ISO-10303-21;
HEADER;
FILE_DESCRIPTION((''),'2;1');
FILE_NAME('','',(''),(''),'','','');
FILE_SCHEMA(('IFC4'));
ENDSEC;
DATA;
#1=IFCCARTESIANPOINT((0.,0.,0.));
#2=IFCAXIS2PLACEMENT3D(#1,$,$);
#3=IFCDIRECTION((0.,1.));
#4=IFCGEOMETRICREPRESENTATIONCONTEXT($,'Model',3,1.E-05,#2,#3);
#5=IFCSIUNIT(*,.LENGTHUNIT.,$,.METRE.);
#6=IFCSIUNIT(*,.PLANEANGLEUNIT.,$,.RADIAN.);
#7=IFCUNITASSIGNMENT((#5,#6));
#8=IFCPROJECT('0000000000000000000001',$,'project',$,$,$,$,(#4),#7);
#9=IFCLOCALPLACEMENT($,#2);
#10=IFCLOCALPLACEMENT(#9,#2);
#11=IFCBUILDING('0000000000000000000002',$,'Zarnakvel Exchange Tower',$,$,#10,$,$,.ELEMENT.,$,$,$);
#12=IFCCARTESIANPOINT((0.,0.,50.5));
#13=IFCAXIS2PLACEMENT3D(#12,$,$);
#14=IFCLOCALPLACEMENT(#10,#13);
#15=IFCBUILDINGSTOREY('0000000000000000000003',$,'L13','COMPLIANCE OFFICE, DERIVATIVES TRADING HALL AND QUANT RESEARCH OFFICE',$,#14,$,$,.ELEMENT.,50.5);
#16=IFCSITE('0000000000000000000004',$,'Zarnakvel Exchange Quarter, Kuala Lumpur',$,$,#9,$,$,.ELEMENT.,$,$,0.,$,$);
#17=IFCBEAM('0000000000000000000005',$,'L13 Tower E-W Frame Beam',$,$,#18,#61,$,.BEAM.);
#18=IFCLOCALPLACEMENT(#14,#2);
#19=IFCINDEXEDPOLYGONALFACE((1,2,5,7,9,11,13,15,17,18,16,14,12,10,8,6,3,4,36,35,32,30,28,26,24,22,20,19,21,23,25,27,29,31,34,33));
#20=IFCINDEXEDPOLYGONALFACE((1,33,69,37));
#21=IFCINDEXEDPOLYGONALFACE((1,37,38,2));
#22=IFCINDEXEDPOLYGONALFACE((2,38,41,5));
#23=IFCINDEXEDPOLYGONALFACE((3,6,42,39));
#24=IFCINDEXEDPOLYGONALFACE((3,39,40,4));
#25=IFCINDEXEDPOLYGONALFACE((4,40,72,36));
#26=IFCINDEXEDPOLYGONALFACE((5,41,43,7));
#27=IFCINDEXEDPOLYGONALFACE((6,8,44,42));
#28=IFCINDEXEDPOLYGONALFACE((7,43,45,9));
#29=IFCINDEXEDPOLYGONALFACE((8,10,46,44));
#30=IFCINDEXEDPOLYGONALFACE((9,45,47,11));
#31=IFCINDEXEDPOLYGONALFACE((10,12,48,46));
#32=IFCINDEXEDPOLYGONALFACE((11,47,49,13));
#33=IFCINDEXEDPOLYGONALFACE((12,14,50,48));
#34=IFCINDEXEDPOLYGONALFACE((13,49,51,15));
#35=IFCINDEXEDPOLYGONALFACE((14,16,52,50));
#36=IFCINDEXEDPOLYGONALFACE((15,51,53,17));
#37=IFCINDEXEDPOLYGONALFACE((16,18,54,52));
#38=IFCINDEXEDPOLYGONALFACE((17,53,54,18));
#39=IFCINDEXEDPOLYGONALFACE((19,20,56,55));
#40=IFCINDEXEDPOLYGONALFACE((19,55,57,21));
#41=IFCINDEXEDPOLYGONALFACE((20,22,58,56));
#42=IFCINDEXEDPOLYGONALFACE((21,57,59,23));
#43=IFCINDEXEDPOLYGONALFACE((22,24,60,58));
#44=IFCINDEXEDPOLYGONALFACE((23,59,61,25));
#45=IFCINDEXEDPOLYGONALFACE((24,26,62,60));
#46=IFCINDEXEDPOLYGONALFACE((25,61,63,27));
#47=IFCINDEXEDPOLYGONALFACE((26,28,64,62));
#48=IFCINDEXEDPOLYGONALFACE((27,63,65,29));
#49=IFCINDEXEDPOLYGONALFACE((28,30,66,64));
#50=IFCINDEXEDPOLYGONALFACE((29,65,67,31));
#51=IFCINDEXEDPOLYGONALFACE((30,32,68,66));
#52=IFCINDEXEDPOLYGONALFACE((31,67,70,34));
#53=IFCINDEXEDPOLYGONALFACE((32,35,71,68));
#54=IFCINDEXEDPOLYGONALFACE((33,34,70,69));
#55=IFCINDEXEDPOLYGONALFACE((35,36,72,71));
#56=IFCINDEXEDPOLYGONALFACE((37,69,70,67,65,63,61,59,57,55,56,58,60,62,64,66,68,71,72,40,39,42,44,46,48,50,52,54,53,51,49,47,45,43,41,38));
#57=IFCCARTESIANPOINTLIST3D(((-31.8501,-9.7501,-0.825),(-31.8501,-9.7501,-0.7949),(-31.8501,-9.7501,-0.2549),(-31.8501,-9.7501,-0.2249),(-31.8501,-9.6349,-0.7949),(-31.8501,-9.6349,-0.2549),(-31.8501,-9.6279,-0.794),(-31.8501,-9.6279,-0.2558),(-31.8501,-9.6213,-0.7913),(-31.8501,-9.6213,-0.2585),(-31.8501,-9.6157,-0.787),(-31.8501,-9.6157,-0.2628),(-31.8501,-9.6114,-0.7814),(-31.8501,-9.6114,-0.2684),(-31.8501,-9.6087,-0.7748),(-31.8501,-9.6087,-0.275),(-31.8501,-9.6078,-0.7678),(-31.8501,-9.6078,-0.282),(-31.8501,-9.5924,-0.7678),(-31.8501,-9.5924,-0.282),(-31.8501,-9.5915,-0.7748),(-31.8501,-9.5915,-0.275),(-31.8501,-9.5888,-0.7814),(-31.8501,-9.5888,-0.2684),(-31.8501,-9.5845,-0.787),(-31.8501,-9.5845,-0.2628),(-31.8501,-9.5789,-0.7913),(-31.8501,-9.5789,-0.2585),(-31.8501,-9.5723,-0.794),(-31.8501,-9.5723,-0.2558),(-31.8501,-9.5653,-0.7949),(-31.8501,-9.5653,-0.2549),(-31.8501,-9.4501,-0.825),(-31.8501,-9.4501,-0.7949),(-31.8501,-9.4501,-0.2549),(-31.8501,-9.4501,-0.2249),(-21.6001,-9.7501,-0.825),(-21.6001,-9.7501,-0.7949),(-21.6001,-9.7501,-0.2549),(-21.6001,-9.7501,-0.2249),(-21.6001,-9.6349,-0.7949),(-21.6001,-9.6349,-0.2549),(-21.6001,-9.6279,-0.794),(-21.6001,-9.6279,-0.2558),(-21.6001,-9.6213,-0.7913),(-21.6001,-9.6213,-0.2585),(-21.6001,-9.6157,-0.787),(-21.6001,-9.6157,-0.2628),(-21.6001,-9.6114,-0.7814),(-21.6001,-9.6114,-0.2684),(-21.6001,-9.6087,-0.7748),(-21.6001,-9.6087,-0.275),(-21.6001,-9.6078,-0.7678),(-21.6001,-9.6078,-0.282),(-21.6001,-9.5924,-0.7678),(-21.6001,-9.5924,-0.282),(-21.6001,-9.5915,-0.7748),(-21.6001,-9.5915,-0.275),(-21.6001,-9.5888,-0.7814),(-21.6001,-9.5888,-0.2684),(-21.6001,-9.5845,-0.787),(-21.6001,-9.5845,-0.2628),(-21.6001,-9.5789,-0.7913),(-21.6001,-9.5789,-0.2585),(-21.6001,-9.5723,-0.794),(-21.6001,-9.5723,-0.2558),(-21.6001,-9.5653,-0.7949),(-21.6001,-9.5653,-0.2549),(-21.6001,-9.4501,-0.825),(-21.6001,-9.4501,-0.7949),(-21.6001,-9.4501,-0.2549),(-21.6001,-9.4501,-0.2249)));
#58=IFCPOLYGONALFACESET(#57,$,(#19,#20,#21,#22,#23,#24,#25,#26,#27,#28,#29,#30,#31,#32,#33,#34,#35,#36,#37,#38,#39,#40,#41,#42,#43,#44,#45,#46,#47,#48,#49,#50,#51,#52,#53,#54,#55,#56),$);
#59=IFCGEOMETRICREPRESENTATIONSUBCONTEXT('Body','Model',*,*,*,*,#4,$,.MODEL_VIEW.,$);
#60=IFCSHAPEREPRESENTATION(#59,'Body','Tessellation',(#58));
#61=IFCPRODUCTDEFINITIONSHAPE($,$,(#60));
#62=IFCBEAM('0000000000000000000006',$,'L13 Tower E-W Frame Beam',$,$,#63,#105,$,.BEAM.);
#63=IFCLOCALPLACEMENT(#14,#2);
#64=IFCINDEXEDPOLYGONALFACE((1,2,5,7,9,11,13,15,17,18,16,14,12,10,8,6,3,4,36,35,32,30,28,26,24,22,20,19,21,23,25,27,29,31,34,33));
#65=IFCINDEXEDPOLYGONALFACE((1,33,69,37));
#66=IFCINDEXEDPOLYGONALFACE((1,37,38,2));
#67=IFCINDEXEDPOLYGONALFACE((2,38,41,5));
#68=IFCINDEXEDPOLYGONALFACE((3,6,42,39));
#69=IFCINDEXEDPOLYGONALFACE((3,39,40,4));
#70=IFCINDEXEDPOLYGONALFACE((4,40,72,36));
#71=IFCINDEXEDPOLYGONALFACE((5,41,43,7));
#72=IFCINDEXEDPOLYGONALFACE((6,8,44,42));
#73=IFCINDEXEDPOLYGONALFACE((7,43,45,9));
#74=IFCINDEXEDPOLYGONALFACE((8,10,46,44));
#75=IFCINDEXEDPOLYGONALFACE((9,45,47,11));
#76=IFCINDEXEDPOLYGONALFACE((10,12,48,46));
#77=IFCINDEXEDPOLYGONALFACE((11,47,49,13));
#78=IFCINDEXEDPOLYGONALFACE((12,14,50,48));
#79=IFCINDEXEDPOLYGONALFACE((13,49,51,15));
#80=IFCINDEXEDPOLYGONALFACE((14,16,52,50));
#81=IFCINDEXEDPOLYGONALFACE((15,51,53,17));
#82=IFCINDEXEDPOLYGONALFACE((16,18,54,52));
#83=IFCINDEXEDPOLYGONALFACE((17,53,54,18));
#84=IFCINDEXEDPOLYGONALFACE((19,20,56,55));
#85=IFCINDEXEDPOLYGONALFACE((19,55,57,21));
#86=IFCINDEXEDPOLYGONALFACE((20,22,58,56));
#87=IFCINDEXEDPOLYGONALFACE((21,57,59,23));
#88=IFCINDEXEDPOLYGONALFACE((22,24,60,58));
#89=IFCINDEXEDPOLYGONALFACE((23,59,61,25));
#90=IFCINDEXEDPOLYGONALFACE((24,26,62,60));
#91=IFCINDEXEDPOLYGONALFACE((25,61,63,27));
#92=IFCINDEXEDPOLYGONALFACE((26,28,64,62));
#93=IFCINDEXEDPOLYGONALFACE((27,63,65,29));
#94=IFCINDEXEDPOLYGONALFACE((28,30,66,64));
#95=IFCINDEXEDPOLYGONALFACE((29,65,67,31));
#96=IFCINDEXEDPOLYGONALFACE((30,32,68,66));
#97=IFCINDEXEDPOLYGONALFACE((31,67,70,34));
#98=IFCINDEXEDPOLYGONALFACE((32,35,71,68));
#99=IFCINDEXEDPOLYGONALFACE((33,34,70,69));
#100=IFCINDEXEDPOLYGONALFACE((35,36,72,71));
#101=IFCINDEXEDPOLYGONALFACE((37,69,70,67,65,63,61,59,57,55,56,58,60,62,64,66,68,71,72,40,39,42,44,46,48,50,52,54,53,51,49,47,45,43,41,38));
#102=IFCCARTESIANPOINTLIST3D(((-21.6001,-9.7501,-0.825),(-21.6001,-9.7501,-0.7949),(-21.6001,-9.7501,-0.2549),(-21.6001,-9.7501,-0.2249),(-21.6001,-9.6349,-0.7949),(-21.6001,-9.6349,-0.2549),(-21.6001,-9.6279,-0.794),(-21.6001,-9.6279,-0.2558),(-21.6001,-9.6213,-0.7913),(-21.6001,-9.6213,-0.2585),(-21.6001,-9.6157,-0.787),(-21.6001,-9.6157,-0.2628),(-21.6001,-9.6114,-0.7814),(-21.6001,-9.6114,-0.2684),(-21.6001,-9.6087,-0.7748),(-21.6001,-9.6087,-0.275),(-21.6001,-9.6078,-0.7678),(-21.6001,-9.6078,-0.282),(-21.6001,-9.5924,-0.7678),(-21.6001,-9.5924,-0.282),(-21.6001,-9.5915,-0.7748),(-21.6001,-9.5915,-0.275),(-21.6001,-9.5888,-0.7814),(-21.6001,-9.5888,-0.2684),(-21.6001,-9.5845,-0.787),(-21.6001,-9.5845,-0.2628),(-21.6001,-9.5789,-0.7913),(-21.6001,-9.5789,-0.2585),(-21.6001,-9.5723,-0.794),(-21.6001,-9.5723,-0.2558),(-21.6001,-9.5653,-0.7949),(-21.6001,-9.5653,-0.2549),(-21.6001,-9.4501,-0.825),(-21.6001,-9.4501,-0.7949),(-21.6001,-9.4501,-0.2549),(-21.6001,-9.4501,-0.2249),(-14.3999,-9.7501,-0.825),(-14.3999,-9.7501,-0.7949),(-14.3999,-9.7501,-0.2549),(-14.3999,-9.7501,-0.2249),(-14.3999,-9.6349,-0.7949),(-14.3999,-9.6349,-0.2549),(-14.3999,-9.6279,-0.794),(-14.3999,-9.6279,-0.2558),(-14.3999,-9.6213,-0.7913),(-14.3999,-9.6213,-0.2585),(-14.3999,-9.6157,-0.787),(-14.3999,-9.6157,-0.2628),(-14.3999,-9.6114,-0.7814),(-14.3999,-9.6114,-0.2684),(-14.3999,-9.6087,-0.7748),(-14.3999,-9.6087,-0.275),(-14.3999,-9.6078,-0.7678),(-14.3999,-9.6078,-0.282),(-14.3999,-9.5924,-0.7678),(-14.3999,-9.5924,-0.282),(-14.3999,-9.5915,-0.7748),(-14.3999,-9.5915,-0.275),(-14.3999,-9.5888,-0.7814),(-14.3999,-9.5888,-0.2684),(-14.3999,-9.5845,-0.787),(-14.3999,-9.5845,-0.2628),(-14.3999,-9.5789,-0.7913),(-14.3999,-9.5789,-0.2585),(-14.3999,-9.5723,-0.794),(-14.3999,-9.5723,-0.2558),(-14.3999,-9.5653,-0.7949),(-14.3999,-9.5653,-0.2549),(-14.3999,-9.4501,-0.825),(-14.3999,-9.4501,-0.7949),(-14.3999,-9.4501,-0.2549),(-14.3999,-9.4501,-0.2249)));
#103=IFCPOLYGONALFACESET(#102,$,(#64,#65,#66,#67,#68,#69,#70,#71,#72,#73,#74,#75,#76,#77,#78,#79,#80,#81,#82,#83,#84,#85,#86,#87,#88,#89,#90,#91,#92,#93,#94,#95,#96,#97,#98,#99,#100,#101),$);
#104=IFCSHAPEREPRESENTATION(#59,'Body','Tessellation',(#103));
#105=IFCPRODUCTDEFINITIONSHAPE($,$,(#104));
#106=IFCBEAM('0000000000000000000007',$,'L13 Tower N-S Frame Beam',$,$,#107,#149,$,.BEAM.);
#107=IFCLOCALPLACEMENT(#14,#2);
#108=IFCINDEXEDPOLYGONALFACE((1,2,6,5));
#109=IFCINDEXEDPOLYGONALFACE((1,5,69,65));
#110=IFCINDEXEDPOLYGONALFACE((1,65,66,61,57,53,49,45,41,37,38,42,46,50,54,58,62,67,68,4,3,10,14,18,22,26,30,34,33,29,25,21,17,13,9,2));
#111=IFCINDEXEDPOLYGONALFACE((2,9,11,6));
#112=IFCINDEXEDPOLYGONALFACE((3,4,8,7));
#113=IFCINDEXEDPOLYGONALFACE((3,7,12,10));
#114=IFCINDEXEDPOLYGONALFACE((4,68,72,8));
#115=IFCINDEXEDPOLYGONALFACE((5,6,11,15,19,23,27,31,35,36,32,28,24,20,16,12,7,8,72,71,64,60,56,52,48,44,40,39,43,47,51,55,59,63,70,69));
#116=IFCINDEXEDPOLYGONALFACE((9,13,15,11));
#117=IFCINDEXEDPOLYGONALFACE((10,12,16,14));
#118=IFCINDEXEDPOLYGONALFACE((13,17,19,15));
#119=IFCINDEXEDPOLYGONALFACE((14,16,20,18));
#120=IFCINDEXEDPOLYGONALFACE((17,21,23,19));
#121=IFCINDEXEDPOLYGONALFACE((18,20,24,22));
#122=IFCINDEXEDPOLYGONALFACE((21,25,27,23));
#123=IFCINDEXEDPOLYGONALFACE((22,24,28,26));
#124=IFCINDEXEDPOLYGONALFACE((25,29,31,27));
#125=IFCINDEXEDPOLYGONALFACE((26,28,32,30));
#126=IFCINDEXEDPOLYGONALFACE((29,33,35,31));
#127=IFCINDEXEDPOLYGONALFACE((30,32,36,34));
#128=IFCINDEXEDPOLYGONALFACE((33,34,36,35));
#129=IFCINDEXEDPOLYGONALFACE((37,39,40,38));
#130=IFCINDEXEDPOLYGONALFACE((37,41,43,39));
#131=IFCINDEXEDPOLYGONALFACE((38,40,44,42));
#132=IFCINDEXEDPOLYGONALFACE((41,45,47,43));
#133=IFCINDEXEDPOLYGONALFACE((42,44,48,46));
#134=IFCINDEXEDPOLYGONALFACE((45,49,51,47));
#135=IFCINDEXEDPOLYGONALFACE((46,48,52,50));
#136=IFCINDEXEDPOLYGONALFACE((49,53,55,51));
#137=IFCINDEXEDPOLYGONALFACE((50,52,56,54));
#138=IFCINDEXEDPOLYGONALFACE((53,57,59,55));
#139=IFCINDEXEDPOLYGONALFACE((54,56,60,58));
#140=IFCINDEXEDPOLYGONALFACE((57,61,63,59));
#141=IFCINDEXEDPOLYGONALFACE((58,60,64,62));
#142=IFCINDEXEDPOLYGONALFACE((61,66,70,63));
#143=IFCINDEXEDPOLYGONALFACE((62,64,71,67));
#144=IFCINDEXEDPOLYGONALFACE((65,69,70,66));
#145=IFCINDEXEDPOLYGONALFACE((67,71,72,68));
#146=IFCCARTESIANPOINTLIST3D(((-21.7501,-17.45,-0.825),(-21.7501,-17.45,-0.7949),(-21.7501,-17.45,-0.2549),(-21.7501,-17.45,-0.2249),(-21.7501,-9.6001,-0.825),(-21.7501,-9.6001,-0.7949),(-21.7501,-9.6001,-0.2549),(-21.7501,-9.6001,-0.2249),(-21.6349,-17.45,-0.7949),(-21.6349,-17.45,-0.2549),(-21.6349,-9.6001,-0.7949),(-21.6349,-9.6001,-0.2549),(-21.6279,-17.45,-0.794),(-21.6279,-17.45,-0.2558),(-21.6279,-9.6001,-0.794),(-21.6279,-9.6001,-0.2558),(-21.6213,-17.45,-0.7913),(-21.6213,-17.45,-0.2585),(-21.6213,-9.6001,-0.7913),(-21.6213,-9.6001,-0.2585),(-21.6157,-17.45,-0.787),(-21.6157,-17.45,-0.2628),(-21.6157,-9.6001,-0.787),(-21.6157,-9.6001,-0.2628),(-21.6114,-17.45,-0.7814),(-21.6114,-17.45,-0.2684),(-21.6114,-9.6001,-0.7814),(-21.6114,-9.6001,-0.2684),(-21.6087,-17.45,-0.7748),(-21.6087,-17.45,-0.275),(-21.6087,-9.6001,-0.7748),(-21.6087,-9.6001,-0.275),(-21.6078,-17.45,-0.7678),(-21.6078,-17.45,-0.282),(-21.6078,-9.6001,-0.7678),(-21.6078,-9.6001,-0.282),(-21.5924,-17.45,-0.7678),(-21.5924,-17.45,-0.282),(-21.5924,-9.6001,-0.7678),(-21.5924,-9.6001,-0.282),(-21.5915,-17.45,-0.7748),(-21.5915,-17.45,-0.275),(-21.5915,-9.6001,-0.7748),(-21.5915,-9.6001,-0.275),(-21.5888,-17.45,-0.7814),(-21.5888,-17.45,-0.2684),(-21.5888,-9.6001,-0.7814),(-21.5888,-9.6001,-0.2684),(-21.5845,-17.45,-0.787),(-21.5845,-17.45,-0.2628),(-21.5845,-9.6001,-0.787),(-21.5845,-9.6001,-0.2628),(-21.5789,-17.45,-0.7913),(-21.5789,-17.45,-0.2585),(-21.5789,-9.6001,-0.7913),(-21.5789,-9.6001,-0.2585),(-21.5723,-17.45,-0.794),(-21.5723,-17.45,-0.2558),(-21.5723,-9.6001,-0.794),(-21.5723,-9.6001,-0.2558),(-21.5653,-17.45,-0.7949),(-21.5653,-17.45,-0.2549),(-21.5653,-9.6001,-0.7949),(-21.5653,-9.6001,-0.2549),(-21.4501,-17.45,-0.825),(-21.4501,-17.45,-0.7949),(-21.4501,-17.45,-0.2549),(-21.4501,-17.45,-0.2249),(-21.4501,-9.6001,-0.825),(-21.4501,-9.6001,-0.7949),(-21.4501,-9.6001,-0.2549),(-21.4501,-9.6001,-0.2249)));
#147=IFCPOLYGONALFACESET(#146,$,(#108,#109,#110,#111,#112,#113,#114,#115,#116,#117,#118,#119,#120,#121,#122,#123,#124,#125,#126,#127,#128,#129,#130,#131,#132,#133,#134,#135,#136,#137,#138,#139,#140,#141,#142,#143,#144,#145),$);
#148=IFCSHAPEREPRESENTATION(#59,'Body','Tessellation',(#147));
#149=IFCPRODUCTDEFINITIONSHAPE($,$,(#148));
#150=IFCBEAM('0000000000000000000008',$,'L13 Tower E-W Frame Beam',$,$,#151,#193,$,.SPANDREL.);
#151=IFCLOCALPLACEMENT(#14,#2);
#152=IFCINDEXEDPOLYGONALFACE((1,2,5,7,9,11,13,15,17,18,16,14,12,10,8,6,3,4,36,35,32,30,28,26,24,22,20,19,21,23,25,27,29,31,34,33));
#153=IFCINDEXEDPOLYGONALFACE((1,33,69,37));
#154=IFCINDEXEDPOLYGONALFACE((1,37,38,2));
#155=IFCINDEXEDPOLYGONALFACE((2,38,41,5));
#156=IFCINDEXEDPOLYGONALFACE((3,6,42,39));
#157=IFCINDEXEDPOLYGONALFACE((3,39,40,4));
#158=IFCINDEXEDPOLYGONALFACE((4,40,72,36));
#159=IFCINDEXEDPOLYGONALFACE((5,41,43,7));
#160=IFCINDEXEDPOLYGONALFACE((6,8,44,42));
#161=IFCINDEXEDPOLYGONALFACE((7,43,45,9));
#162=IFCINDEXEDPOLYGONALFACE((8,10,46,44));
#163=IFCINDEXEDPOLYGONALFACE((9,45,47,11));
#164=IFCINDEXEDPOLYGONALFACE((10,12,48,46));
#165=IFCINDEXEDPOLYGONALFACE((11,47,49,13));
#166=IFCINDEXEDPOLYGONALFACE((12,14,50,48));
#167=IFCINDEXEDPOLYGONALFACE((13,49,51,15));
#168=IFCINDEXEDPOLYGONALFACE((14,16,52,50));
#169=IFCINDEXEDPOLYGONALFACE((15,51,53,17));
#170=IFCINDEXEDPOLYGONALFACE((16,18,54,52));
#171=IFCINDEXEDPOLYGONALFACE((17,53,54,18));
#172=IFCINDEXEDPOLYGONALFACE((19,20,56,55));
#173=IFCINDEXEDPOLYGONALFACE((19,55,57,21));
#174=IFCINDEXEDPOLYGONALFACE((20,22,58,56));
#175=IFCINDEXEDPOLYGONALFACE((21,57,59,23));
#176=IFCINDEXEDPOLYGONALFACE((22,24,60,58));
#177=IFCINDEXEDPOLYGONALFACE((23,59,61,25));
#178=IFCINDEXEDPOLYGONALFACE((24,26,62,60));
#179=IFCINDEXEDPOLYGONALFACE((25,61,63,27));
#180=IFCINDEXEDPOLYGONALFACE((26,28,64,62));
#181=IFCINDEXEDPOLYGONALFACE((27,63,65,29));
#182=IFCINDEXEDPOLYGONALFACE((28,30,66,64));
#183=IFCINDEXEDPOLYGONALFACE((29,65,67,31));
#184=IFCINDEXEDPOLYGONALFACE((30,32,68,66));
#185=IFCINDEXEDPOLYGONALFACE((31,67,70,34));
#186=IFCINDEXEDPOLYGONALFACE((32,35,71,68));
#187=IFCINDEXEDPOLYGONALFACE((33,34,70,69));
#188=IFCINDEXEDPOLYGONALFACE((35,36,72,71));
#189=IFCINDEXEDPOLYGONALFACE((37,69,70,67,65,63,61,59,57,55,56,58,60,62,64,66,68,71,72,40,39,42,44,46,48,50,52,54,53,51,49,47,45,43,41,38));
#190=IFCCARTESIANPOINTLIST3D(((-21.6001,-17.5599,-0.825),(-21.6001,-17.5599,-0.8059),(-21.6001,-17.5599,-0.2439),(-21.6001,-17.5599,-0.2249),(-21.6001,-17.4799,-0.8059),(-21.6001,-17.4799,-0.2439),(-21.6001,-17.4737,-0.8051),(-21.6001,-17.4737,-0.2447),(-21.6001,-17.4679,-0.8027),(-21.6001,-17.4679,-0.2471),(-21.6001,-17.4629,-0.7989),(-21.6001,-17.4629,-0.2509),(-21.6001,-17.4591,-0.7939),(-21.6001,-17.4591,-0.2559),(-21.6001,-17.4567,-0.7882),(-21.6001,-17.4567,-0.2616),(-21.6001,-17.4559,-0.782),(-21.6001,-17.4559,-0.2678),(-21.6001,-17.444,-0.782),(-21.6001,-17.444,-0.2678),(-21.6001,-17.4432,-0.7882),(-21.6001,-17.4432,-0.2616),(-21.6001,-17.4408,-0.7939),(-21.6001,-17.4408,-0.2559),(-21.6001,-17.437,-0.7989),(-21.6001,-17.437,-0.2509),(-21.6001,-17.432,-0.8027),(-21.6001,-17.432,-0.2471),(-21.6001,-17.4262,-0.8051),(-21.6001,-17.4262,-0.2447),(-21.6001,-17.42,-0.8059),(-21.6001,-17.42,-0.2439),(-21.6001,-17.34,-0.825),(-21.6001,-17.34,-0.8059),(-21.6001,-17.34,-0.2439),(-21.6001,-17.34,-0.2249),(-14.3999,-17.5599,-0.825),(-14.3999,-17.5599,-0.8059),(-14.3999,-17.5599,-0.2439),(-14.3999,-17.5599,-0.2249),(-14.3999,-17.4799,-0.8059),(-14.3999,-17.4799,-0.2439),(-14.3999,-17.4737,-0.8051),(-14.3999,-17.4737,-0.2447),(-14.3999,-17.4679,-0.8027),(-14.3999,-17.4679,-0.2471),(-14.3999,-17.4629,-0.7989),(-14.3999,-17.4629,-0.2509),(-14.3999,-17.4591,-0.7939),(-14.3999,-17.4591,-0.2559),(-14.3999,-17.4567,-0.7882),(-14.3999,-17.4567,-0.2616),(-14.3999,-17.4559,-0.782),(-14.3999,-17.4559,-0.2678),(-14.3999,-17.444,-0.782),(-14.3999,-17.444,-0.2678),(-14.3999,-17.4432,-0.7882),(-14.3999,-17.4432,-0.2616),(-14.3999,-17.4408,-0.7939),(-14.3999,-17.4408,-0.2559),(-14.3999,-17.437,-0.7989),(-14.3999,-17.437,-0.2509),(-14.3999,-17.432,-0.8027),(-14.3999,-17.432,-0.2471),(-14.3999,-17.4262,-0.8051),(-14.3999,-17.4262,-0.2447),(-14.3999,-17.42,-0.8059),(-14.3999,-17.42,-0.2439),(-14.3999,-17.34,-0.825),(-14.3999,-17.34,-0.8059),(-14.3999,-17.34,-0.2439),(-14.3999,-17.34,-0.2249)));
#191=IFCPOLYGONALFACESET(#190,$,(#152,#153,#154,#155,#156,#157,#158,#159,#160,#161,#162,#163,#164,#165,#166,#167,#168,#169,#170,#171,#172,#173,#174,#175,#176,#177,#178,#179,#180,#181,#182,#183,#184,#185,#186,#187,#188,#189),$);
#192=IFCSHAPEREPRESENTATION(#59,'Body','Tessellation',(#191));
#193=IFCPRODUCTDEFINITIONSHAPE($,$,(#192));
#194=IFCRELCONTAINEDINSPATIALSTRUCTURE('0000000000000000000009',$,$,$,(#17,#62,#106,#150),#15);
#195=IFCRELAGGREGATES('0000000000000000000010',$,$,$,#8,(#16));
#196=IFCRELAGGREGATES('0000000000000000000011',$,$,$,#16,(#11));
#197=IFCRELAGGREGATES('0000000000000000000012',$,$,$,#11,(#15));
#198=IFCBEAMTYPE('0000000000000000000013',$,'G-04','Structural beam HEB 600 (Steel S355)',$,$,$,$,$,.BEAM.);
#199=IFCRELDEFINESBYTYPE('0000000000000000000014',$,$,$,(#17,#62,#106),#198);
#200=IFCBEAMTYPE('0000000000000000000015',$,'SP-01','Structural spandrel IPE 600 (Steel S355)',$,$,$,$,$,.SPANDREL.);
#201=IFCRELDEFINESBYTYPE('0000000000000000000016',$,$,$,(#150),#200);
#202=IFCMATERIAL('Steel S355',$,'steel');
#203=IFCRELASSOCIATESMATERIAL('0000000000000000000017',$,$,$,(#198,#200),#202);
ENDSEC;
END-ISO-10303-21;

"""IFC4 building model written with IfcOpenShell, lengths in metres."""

from ifc_helpers import new_model, si_unit, direction, frame, origin, origin_2d, place, context, subcontext, project, spatial, i_section, extrude, material, material_profile, profile_set, type_object, element, save


model = new_model("IFC4")

# Units and contexts
model_context = context("Model", 3, precision=1e-05, world=origin(), true_north=direction((0.0, 1.0)))
body_context = subcontext(model_context, "Body", "Model", "MODEL_VIEW")
ifc_project = project(units=[si_unit("LENGTHUNIT", "METRE"), si_unit("PLANEANGLEUNIT", "RADIAN")], contexts=[model_context])

# Site, building, storey
site_placement = place(None, origin())
site = spatial("IfcSite", under=ifc_project, at=site_placement, Name="Zarnakvel Exchange Quarter, Kuala Lumpur", CompositionType="ELEMENT", RefElevation=0.0)
building_placement = place(site_placement, origin())
building = spatial("IfcBuilding", under=site, at=building_placement, Name="Zarnakvel Exchange Tower", CompositionType="ELEMENT")
storey_placement = place(building_placement, frame((0.0, 0.0, 50.5)))
storey = spatial("IfcBuildingStorey", under=building, at=storey_placement, Name="L13", Description="COMPLIANCE OFFICE, DERIVATIVES TRADING HALL AND QUANT RESEARCH OFFICE", CompositionType="ELEMENT", Elevation=50.5)

# Shared definitions
ifc_material_1 = material(Name="Steel S355", Category="steel")

# Beams
ifc_material_profile_1 = material_profile(ifc_material_1, i_section(OverallWidth=0.3, OverallDepth=0.6001, WebThickness=0.0154, FlangeThickness=0.03, FilletRadius=0.0271, at=origin_2d()))
ifc_profile_set_1 = profile_set([ifc_material_profile_1], Name="Steel S355")
beam_type_1 = type_object("IfcBeamType", Name="G-04", Description="Structural beam HEB 600 (Steel S355)", PredefinedType="BEAM", material=ifc_profile_set_1)
beam_1_placement = place(storey_placement, frame((-31.8501, -9.6001, -0.5249), z_axis=(1.0, 0.0, 0.0), x_axis=(0.0, 1.0, 0.0)))
element("IfcBeam", 1, at=beam_1_placement, inside=storey, type_object=beam_type_1, Name="L13 Tower E-W Frame Beam", PredefinedType="BEAM", context=body_context, shape_type="SweptSolid", body=[
    extrude(i_section(OverallWidth=0.3, OverallDepth=0.6001, WebThickness=0.0154, FlangeThickness=0.03, FilletRadius=0.0271, at=origin_2d()), origin(), (0.0, 0.0, 1.0), 10.25),
])
beam_2_placement = place(storey_placement, frame((-21.6001, -9.6001, -0.5249), z_axis=(1.0, 0.0, 0.0), x_axis=(0.0, 1.0, 0.0)))
element("IfcBeam", 2, at=beam_2_placement, inside=storey, type_object=beam_type_1, Name="L13 Tower E-W Frame Beam", PredefinedType="BEAM", context=body_context, shape_type="SweptSolid", body=[
    extrude(i_section(OverallWidth=0.3, OverallDepth=0.6001, WebThickness=0.0154, FlangeThickness=0.03, FilletRadius=0.0271, at=origin_2d()), origin(), (0.0, 0.0, 1.0), 7.2002),
])
beam_3_placement = place(storey_placement, frame((-21.6001, -17.45, -0.5249), z_axis=(0.0, 1.0, 0.0), x_axis=(-1.0, 0.0, 0.0)))
element("IfcBeam", 3, at=beam_3_placement, inside=storey, type_object=beam_type_1, Name="L13 Tower N-S Frame Beam", PredefinedType="BEAM", context=body_context, shape_type="SweptSolid", body=[
    extrude(i_section(OverallWidth=0.3, OverallDepth=0.6001, WebThickness=0.0154, FlangeThickness=0.03, FilletRadius=0.0271, at=origin_2d()), origin(), (0.0, 0.0, 1.0), 7.8499),
])
ifc_material_profile_2 = material_profile(ifc_material_1, i_section(OverallWidth=0.22, OverallDepth=0.6001, WebThickness=0.012, FlangeThickness=0.019, FilletRadius=0.0239, at=origin_2d()))
ifc_profile_set_2 = profile_set([ifc_material_profile_2], Name="Steel S355")
beam_type_2 = type_object("IfcBeamType", Name="SP-01", Description="Structural spandrel IPE 600 (Steel S355)", PredefinedType="SPANDREL", material=ifc_profile_set_2)
beam_4_placement = place(storey_placement, frame((-21.6001, -17.45, -0.5249), z_axis=(1.0, 0.0, 0.0), x_axis=(0.0, 1.0, 0.0)))
element("IfcBeam", 4, at=beam_4_placement, inside=storey, type_object=beam_type_2, Name="L13 Tower E-W Frame Beam", PredefinedType="SPANDREL", context=body_context, shape_type="SweptSolid", body=[
    extrude(i_section(OverallWidth=0.22, OverallDepth=0.6001, WebThickness=0.012, FlangeThickness=0.019, FilletRadius=0.0239, at=origin_2d()), origin(), (0.0, 0.0, 1.0), 7.2002),
])

save(model, "model.ifc")
